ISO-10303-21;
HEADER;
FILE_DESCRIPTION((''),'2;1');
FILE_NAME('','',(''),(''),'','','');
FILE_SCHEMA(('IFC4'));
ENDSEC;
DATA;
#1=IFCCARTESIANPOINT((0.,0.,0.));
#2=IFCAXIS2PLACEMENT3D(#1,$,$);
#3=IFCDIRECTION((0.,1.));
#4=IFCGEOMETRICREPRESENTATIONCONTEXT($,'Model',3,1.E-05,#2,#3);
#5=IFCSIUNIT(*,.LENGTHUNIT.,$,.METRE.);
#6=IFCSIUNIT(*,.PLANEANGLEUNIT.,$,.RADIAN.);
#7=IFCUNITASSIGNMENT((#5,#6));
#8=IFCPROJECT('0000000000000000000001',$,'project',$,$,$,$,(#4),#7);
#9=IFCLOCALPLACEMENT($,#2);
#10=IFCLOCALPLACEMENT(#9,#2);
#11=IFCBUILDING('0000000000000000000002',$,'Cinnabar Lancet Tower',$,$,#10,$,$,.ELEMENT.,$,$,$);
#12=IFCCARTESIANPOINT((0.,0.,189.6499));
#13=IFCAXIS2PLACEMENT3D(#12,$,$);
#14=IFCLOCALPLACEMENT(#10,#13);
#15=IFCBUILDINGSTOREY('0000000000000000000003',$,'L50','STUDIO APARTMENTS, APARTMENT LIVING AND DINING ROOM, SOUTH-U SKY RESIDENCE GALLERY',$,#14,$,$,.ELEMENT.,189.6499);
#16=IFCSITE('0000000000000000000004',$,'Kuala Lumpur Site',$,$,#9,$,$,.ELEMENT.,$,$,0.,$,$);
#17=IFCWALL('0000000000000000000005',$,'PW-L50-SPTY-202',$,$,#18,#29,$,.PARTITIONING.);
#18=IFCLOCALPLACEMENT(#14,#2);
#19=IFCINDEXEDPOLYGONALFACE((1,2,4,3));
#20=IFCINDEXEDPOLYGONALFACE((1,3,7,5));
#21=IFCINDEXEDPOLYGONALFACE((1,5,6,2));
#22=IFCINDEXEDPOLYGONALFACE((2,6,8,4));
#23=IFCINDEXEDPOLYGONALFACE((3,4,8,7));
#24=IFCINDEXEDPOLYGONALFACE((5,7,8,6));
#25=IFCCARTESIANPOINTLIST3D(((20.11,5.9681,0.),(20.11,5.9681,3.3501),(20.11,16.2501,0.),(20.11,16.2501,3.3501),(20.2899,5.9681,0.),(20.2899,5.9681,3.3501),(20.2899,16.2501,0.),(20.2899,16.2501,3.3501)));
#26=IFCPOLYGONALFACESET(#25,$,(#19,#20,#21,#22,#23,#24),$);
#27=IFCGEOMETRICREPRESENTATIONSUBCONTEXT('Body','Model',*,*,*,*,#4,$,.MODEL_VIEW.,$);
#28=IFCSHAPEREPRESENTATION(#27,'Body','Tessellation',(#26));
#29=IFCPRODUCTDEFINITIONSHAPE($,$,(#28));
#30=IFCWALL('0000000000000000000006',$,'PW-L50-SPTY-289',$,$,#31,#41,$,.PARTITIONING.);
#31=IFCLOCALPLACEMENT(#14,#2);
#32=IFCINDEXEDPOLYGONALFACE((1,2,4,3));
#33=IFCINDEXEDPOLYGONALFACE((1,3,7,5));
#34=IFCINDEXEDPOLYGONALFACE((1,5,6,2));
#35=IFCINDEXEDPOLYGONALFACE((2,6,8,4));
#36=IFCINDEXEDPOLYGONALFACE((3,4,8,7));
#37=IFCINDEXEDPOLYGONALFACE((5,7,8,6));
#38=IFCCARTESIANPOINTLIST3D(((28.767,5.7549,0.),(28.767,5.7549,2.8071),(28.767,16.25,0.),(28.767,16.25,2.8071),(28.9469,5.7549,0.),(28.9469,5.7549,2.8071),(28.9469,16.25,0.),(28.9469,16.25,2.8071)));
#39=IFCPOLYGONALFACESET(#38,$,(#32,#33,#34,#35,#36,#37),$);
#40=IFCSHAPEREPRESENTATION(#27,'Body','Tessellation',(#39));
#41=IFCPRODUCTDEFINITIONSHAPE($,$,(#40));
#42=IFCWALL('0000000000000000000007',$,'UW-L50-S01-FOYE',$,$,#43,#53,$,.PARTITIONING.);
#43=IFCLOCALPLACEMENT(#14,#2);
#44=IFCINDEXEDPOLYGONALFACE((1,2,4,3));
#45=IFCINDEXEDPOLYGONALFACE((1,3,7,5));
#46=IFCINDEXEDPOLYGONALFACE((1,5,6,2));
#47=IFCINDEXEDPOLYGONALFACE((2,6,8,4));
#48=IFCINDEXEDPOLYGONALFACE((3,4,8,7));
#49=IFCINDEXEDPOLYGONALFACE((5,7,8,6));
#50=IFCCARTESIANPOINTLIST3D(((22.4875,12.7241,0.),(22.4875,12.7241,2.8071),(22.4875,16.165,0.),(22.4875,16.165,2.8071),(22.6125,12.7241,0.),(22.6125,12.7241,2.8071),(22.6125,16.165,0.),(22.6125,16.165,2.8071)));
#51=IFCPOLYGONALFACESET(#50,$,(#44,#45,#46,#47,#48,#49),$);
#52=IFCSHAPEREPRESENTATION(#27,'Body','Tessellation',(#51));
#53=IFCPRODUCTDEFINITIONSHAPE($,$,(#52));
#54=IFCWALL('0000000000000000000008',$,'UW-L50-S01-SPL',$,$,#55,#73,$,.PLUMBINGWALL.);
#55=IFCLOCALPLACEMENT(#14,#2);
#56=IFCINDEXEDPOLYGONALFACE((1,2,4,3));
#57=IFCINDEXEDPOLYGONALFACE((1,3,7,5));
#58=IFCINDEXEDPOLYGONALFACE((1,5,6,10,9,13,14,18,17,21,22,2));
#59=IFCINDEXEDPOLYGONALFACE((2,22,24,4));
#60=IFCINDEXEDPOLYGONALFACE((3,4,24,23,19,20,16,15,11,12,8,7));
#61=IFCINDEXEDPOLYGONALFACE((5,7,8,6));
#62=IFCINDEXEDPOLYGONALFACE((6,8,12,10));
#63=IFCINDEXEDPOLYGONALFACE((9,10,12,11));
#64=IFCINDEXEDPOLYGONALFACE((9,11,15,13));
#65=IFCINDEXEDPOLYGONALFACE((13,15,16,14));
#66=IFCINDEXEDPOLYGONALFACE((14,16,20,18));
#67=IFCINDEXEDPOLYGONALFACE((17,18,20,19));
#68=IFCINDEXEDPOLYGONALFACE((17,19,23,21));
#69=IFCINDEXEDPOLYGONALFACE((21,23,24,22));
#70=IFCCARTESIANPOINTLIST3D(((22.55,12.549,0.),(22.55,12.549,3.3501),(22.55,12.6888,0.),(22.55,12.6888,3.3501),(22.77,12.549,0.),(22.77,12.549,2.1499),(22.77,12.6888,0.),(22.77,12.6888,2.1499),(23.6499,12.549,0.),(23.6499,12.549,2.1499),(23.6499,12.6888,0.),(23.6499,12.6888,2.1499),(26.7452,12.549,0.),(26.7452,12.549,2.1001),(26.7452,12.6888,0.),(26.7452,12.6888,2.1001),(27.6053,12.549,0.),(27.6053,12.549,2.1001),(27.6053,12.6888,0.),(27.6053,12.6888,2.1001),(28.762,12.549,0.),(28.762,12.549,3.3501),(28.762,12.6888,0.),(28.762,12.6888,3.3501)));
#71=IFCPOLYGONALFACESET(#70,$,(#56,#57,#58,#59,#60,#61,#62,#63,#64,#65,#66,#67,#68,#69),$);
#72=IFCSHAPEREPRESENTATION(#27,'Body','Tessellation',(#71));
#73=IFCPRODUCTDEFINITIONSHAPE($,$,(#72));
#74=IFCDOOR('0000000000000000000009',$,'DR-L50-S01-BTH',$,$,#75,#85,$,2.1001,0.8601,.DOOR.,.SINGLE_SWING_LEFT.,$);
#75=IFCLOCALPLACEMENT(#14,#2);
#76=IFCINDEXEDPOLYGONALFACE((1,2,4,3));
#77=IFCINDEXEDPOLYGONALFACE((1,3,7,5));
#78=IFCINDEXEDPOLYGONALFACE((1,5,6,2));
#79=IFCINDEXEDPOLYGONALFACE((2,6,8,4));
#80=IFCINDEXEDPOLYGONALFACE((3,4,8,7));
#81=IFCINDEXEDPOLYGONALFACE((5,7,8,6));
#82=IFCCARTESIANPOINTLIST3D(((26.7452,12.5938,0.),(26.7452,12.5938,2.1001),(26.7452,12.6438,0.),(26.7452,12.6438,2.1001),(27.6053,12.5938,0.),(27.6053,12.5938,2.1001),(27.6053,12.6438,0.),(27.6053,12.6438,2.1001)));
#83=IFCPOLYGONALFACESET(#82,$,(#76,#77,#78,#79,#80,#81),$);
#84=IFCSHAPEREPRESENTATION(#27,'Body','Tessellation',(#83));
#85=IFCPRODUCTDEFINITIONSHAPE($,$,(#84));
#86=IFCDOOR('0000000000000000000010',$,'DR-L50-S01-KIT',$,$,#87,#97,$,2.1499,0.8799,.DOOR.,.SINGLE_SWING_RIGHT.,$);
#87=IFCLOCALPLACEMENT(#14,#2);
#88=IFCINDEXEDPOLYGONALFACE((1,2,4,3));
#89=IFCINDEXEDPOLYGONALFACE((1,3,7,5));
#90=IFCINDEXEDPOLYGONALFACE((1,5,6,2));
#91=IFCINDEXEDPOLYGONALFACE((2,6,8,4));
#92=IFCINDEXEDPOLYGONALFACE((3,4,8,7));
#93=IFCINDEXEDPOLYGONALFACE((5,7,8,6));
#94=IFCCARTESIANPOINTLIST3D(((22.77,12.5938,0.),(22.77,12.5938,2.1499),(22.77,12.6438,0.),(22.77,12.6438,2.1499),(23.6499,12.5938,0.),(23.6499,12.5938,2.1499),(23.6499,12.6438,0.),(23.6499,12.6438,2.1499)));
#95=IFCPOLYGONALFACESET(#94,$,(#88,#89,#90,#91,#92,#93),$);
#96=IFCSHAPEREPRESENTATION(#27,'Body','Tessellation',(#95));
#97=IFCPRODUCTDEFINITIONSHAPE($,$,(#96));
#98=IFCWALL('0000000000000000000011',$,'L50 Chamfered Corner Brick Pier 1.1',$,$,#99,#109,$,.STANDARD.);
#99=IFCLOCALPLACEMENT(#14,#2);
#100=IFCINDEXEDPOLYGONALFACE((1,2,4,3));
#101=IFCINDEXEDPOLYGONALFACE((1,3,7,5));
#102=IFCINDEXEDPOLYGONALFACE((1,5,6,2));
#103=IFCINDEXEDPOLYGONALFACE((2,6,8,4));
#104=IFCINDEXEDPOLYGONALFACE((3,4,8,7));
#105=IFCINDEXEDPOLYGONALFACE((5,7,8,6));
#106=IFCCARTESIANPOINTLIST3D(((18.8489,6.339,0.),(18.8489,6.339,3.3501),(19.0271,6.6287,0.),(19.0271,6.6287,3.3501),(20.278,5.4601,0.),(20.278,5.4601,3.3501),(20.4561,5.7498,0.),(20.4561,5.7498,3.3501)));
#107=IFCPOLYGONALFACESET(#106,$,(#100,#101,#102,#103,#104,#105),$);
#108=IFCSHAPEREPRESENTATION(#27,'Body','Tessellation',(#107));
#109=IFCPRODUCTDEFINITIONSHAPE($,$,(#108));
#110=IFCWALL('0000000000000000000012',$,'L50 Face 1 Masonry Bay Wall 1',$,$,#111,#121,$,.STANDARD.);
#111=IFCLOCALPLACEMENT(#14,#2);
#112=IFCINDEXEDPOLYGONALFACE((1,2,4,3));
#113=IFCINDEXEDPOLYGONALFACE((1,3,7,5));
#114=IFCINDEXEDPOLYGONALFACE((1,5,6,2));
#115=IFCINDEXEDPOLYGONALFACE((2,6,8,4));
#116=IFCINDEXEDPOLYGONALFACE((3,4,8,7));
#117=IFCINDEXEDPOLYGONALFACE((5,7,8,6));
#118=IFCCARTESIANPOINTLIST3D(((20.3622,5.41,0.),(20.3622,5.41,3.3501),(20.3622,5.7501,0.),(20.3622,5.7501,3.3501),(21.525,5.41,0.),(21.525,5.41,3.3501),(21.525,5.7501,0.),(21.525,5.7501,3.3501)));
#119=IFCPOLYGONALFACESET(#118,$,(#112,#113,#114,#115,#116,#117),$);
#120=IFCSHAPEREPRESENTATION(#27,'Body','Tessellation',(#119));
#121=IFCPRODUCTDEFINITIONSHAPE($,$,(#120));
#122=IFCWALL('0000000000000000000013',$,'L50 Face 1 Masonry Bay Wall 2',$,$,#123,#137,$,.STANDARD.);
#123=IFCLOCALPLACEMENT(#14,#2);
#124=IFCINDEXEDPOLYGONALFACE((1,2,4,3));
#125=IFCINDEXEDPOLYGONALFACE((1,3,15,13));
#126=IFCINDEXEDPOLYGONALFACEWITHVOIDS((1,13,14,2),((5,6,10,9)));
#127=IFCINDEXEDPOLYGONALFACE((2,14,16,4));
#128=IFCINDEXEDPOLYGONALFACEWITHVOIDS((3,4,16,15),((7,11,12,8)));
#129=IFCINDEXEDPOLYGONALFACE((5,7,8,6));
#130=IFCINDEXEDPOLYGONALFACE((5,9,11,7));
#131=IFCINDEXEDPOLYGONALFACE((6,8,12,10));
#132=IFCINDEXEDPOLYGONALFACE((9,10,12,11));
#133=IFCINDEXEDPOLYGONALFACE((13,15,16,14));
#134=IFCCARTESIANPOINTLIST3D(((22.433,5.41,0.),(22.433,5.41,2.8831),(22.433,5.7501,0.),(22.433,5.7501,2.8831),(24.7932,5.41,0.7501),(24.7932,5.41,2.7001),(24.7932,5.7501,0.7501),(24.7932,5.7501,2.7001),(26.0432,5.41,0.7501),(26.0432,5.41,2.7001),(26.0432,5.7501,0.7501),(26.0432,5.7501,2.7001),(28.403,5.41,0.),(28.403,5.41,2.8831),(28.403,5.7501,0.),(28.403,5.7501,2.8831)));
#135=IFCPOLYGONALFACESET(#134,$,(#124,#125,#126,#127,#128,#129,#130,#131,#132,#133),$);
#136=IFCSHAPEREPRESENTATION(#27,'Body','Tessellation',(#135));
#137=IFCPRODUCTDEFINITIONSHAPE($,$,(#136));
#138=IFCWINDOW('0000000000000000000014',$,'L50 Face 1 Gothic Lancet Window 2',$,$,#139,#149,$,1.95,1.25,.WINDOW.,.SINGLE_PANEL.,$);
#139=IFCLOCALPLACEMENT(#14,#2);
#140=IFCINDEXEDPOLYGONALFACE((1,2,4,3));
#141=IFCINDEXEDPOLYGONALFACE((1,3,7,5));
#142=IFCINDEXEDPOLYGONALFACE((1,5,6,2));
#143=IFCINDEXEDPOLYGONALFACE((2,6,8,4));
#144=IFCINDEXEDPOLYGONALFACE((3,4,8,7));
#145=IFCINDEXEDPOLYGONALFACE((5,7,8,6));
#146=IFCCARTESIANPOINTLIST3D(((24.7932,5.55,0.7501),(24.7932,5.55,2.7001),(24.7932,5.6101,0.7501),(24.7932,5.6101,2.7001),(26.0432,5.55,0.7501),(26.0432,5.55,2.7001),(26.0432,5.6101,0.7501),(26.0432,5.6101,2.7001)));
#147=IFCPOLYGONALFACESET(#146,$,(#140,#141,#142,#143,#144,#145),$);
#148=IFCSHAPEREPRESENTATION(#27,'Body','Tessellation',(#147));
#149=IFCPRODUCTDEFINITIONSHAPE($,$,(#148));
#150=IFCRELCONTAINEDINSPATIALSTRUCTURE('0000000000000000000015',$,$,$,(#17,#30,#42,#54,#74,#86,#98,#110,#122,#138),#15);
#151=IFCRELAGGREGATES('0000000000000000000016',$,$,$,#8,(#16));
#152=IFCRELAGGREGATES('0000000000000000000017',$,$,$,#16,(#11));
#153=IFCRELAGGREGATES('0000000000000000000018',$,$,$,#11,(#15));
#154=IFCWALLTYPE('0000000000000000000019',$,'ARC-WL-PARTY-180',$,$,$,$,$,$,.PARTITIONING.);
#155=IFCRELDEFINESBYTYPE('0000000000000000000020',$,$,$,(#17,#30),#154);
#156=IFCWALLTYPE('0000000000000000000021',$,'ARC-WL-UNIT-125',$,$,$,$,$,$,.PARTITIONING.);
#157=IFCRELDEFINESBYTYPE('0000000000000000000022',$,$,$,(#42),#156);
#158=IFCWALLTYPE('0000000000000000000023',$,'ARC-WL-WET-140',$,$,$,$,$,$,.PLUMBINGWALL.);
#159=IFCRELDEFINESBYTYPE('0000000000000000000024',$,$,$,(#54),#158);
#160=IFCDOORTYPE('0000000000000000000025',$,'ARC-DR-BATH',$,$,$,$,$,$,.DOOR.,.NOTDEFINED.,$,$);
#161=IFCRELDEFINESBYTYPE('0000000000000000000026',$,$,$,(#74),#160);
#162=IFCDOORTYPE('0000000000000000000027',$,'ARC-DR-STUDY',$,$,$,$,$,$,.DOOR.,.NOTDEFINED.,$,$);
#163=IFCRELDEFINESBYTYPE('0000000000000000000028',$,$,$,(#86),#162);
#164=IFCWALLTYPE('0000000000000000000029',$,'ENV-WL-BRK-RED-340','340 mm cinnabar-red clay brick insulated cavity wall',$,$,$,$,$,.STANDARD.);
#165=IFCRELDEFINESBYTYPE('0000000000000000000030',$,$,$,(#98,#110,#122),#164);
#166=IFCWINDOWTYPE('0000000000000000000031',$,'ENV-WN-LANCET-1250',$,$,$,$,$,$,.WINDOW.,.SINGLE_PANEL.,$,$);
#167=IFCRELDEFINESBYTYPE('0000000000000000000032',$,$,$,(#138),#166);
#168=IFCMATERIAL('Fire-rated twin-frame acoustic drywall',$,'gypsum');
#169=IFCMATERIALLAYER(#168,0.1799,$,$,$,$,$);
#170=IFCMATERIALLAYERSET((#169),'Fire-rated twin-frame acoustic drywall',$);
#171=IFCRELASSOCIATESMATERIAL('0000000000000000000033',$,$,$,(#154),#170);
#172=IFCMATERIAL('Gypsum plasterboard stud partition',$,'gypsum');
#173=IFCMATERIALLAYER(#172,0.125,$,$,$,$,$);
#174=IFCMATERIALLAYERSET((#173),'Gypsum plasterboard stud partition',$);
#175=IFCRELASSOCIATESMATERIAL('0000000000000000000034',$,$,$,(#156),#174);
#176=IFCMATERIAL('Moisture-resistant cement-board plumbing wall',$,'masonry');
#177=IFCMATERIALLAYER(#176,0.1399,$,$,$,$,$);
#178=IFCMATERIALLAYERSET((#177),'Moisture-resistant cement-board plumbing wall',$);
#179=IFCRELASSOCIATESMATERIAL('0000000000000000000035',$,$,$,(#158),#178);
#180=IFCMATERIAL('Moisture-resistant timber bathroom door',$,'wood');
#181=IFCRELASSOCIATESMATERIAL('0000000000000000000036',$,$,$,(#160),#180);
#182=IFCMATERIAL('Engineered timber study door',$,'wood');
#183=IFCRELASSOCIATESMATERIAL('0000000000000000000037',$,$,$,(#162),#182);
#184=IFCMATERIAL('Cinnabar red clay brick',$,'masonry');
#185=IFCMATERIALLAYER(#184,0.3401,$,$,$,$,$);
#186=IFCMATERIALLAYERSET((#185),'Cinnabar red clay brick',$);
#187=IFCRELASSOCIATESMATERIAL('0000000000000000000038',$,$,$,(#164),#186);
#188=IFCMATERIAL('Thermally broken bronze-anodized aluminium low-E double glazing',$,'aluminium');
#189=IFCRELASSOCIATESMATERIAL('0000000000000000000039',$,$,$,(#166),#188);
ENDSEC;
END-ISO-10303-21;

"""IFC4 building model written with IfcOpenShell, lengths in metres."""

from ifc_helpers import new_model, si_unit, direction, frame, frame_2d, origin, place, context, subcontext, project, spatial, rectangle, extrude, material, layer, layer_set, type_object, element, fill, save


model = new_model("IFC4")

# Units and contexts
model_context = context("Model", 3, precision=1e-05, world=origin(), true_north=direction((0.0, 1.0)))
body_context = subcontext(model_context, "Body", "Model", "MODEL_VIEW")
ifc_project = project(units=[si_unit("LENGTHUNIT", "METRE"), si_unit("PLANEANGLEUNIT", "RADIAN")], contexts=[model_context])

# Site, building, storey
site_placement = place(None, origin())
site = spatial("IfcSite", under=ifc_project, at=site_placement, Name="Kuala Lumpur Site", CompositionType="ELEMENT", RefElevation=0.0)
building_placement = place(site_placement, origin())
building = spatial("IfcBuilding", under=site, at=building_placement, Name="Cinnabar Lancet Tower", CompositionType="ELEMENT")
storey_placement = place(building_placement, frame((0.0, 0.0, 189.6499)))
storey = spatial("IfcBuildingStorey", under=building, at=storey_placement, Name="L50", Description="STUDIO APARTMENTS, APARTMENT LIVING AND DINING ROOM, SOUTH-U SKY RESIDENCE GALLERY", CompositionType="ELEMENT", Elevation=189.6499)

# Walls
ifc_material_1 = material(Name="Fire-rated twin-frame acoustic drywall", Category="gypsum")
ifc_layer_1 = layer(ifc_material_1, 0.1799)
ifc_layer_set_1 = layer_set([ifc_layer_1], Name="Fire-rated twin-frame acoustic drywall")
wall_type_1 = type_object("IfcWallType", Name="ARC-WL-PARTY-180", PredefinedType="PARTITIONING", material=ifc_layer_set_1)
wall_1_placement = place(storey_placement, frame((20.2, 5.968, 0.0), z_axis=(0.0, 0.0, 1.0), x_axis=(0.0, 1.0, 0.0)))
element("IfcWall", 1, at=wall_1_placement, inside=storey, type_object=wall_type_1, Name="PW-L50-SPTY-202", PredefinedType="PARTITIONING", context=body_context, shape_type="SweptSolid", body=[
    extrude(rectangle(XDim=10.282, YDim=0.1799, at=frame_2d((5.1411, 0.0))), origin(), (0.0, 0.0, 1.0), 3.3501),
])
wall_2_placement = place(storey_placement, frame((28.8569, 5.7549, 0.0), z_axis=(0.0, 0.0, 1.0), x_axis=(0.0, 1.0, 0.0)))
element("IfcWall", 2, at=wall_2_placement, inside=storey, type_object=wall_type_1, Name="PW-L50-SPTY-289", PredefinedType="PARTITIONING", context=body_context, shape_type="SweptSolid", body=[
    extrude(rectangle(XDim=10.4951, YDim=0.1799, at=frame_2d((5.2476, 0.0))), origin(), (0.0, 0.0, 1.0), 2.8071),
])
ifc_material_2 = material(Name="Gypsum plasterboard stud partition", Category="gypsum")
ifc_layer_2 = layer(ifc_material_2, 0.125)
ifc_layer_set_2 = layer_set([ifc_layer_2], Name="Gypsum plasterboard stud partition")
wall_type_2 = type_object("IfcWallType", Name="ARC-WL-UNIT-125", PredefinedType="PARTITIONING", material=ifc_layer_set_2)
wall_3_placement = place(storey_placement, frame((22.55, 12.7241, 0.0), z_axis=(0.0, 0.0, 1.0), x_axis=(0.0, 1.0, 0.0)))
element("IfcWall", 3, at=wall_3_placement, inside=storey, type_object=wall_type_2, Name="UW-L50-S01-FOYE", PredefinedType="PARTITIONING", context=body_context, shape_type="SweptSolid", body=[
    extrude(rectangle(XDim=3.4409, YDim=0.125, at=frame_2d((1.7205, 0.0))), origin(), (0.0, 0.0, 1.0), 2.8071),
])

# Wall, openings, doors
ifc_material_3 = material(Name="Moisture-resistant cement-board plumbing wall", Category="masonry")
ifc_layer_3 = layer(ifc_material_3, 0.1399)
ifc_layer_set_3 = layer_set([ifc_layer_3], Name="Moisture-resistant cement-board plumbing wall")
wall_type_3 = type_object("IfcWallType", Name="ARC-WL-WET-140", PredefinedType="PLUMBINGWALL", material=ifc_layer_set_3)
wall_4_placement = place(storey_placement, frame((22.55, 12.6189, 0.0), z_axis=(0.0, 0.0, 1.0), x_axis=(1.0, 0.0, 0.0)))
wall_4 = element("IfcWall", 4, at=wall_4_placement, inside=storey, type_object=wall_type_3, Name="UW-L50-S01-SPL", PredefinedType="PLUMBINGWALL", context=body_context, shape_type="SweptSolid", body=[
    extrude(rectangle(XDim=6.2119, YDim=0.1399, at=frame_2d((3.106, 0.0))), origin(), (0.0, 0.0, 1.0), 3.3501),
])
opening_1_placement = place(wall_4_placement, frame((4.1951, 0.0, 0.0)))
opening_1 = element("IfcOpeningElement", 5, at=opening_1_placement, cuts=wall_4, PredefinedType="OPENING", context=body_context, shape_type="SweptSolid", body=[
    extrude(rectangle(XDim=0.8601, YDim=2.1001, at=frame_2d((0.4302, 1.05))), frame((0.0, 0.0798, 0.0), z_axis=(0.0, -1.0, 0.0), x_axis=(1.0, 0.0, 0.0)), (0.0, 0.0, 1.0), 0.1599),
])
opening_2_placement = place(wall_4_placement, frame((0.22, 0.0, 0.0)))
opening_2 = element("IfcOpeningElement", 6, at=opening_2_placement, cuts=wall_4, PredefinedType="OPENING", context=body_context, shape_type="SweptSolid", body=[
    extrude(rectangle(XDim=0.8799, YDim=2.1499, at=frame_2d((0.4399, 1.075))), frame((0.0, 0.0798, 0.0), z_axis=(0.0, -1.0, 0.0), x_axis=(1.0, 0.0, 0.0)), (0.0, 0.0, 1.0), 0.1599),
])
ifc_material_4 = material(Name="Moisture-resistant timber bathroom door", Category="wood")
door_type_1 = type_object("IfcDoorType", Name="ARC-DR-BATH", OperationType="NOTDEFINED", PredefinedType="DOOR", material=ifc_material_4)
door_1_placement = place(opening_1_placement, origin())
door_1 = element("IfcDoor", 7, at=door_1_placement, inside=storey, type_object=door_type_1, Name="DR-L50-S01-BTH", OperationType="SINGLE_SWING_LEFT", OverallHeight=2.1001, OverallWidth=0.8601, PredefinedType="DOOR", context=body_context, shape_type="SweptSolid", body=[
    extrude(rectangle(XDim=0.8601, YDim=2.1001, at=frame_2d((0.4302, 1.05))), frame((0.0, 0.0249, 0.0), z_axis=(0.0, -1.0, 0.0), x_axis=(1.0, 0.0, 0.0)), (0.0, 0.0, 1.0), 0.05),
])
fill(opening_1, door_1)
ifc_material_5 = material(Name="Engineered timber study door", Category="wood")
door_type_2 = type_object("IfcDoorType", Name="ARC-DR-STUDY", OperationType="NOTDEFINED", PredefinedType="DOOR", material=ifc_material_5)
door_2_placement = place(opening_2_placement, origin())
door_2 = element("IfcDoor", 8, at=door_2_placement, inside=storey, type_object=door_type_2, Name="DR-L50-S01-KIT", OperationType="SINGLE_SWING_RIGHT", OverallHeight=2.1499, OverallWidth=0.8799, PredefinedType="DOOR", context=body_context, shape_type="SweptSolid", body=[
    extrude(rectangle(XDim=0.8799, YDim=2.1499, at=frame_2d((0.4399, 1.075))), frame((0.0, 0.0249, 0.0), z_axis=(0.0, -1.0, 0.0), x_axis=(1.0, 0.0, 0.0)), (0.0, 0.0, 1.0), 0.05),
])
fill(opening_2, door_2)

# Walls
ifc_material_6 = material(Name="Cinnabar red clay brick", Category="masonry")
ifc_layer_4 = layer(ifc_material_6, 0.3401)
ifc_layer_set_4 = layer_set([ifc_layer_4], Name="Cinnabar red clay brick")
wall_type_4 = type_object("IfcWallType", Name="ENV-WL-BRK-RED-340", Description="340 mm cinnabar-red clay brick insulated cavity wall", PredefinedType="STANDARD", material=ifc_layer_set_4)
wall_5_placement = place(storey_placement, frame((18.938, 6.4839, 0.0), z_axis=(0.0, 0.0, 1.0), x_axis=(0.851778, -0.523903, 0.0)))
element("IfcWall", 9, at=wall_5_placement, inside=storey, type_object=wall_type_4, Name="L50 Chamfered Corner Brick Pier 1.1", PredefinedType="STANDARD", context=body_context, shape_type="SweptSolid", body=[
    extrude(rectangle(XDim=1.6777, YDim=0.3401, at=frame_2d((0.8389, 0.0))), origin(), (0.0, 0.0, 1.0), 3.3501),
])
wall_6_placement = place(storey_placement, frame((20.3621, 5.5801, 0.0), z_axis=(0.0, 0.0, 1.0), x_axis=(1.0, 0.0, 0.0)))
element("IfcWall", 10, at=wall_6_placement, inside=storey, type_object=wall_type_4, Name="L50 Face 1 Masonry Bay Wall 1", PredefinedType="STANDARD", context=body_context, shape_type="SweptSolid", body=[
    extrude(rectangle(XDim=1.1628, YDim=0.3401, at=frame_2d((0.5815, 0.0))), origin(), (0.0, 0.0, 1.0), 3.3501),
])

# Wall, opening, window
wall_7_placement = place(storey_placement, frame((22.4331, 5.5801, 0.0), z_axis=(0.0, 0.0, 1.0), x_axis=(1.0, 0.0, 0.0)))
wall_7 = element("IfcWall", 11, at=wall_7_placement, inside=storey, type_object=wall_type_4, Name="L50 Face 1 Masonry Bay Wall 2", PredefinedType="STANDARD", context=body_context, shape_type="SweptSolid", body=[
    extrude(rectangle(XDim=5.97, YDim=0.3401, at=frame_2d((2.9849, 0.0))), origin(), (0.0, 0.0, 1.0), 2.8831),
])
opening_3_placement = place(wall_7_placement, frame((2.3601, 0.0, 0.75)))
opening_3 = element("IfcOpeningElement", 12, at=opening_3_placement, cuts=wall_7, PredefinedType="OPENING", context=body_context, shape_type="SweptSolid", body=[
    extrude(rectangle(XDim=1.25, YDim=1.95, at=frame_2d((0.625, 0.9751))), frame((0.0, 0.1799, 0.0), z_axis=(0.0, -1.0, 0.0), x_axis=(1.0, 0.0, 0.0)), (0.0, 0.0, 1.0), 0.3601),
])
ifc_material_7 = material(Name="Thermally broken bronze-anodized aluminium low-E double glazing", Category="aluminium")
window_type_1 = type_object("IfcWindowType", Name="ENV-WN-LANCET-1250", PartitioningType="SINGLE_PANEL", PredefinedType="WINDOW", material=ifc_material_7)
window_1_placement = place(opening_3_placement, origin())
window_1 = element("IfcWindow", 13, at=window_1_placement, inside=storey, type_object=window_type_1, Name="L50 Face 1 Gothic Lancet Window 2", OverallHeight=1.95, OverallWidth=1.25, PartitioningType="SINGLE_PANEL", PredefinedType="WINDOW", context=body_context, shape_type="SweptSolid", body=[
    extrude(rectangle(XDim=1.25, YDim=1.95, at=frame_2d((0.625, 0.9751))), frame((0.0, 0.03, 0.0), z_axis=(0.0, -1.0, 0.0), x_axis=(1.0, 0.0, 0.0)), (0.0, 0.0, 1.0), 0.0601),
])
fill(opening_3, window_1)

save(model, "model.ifc")
